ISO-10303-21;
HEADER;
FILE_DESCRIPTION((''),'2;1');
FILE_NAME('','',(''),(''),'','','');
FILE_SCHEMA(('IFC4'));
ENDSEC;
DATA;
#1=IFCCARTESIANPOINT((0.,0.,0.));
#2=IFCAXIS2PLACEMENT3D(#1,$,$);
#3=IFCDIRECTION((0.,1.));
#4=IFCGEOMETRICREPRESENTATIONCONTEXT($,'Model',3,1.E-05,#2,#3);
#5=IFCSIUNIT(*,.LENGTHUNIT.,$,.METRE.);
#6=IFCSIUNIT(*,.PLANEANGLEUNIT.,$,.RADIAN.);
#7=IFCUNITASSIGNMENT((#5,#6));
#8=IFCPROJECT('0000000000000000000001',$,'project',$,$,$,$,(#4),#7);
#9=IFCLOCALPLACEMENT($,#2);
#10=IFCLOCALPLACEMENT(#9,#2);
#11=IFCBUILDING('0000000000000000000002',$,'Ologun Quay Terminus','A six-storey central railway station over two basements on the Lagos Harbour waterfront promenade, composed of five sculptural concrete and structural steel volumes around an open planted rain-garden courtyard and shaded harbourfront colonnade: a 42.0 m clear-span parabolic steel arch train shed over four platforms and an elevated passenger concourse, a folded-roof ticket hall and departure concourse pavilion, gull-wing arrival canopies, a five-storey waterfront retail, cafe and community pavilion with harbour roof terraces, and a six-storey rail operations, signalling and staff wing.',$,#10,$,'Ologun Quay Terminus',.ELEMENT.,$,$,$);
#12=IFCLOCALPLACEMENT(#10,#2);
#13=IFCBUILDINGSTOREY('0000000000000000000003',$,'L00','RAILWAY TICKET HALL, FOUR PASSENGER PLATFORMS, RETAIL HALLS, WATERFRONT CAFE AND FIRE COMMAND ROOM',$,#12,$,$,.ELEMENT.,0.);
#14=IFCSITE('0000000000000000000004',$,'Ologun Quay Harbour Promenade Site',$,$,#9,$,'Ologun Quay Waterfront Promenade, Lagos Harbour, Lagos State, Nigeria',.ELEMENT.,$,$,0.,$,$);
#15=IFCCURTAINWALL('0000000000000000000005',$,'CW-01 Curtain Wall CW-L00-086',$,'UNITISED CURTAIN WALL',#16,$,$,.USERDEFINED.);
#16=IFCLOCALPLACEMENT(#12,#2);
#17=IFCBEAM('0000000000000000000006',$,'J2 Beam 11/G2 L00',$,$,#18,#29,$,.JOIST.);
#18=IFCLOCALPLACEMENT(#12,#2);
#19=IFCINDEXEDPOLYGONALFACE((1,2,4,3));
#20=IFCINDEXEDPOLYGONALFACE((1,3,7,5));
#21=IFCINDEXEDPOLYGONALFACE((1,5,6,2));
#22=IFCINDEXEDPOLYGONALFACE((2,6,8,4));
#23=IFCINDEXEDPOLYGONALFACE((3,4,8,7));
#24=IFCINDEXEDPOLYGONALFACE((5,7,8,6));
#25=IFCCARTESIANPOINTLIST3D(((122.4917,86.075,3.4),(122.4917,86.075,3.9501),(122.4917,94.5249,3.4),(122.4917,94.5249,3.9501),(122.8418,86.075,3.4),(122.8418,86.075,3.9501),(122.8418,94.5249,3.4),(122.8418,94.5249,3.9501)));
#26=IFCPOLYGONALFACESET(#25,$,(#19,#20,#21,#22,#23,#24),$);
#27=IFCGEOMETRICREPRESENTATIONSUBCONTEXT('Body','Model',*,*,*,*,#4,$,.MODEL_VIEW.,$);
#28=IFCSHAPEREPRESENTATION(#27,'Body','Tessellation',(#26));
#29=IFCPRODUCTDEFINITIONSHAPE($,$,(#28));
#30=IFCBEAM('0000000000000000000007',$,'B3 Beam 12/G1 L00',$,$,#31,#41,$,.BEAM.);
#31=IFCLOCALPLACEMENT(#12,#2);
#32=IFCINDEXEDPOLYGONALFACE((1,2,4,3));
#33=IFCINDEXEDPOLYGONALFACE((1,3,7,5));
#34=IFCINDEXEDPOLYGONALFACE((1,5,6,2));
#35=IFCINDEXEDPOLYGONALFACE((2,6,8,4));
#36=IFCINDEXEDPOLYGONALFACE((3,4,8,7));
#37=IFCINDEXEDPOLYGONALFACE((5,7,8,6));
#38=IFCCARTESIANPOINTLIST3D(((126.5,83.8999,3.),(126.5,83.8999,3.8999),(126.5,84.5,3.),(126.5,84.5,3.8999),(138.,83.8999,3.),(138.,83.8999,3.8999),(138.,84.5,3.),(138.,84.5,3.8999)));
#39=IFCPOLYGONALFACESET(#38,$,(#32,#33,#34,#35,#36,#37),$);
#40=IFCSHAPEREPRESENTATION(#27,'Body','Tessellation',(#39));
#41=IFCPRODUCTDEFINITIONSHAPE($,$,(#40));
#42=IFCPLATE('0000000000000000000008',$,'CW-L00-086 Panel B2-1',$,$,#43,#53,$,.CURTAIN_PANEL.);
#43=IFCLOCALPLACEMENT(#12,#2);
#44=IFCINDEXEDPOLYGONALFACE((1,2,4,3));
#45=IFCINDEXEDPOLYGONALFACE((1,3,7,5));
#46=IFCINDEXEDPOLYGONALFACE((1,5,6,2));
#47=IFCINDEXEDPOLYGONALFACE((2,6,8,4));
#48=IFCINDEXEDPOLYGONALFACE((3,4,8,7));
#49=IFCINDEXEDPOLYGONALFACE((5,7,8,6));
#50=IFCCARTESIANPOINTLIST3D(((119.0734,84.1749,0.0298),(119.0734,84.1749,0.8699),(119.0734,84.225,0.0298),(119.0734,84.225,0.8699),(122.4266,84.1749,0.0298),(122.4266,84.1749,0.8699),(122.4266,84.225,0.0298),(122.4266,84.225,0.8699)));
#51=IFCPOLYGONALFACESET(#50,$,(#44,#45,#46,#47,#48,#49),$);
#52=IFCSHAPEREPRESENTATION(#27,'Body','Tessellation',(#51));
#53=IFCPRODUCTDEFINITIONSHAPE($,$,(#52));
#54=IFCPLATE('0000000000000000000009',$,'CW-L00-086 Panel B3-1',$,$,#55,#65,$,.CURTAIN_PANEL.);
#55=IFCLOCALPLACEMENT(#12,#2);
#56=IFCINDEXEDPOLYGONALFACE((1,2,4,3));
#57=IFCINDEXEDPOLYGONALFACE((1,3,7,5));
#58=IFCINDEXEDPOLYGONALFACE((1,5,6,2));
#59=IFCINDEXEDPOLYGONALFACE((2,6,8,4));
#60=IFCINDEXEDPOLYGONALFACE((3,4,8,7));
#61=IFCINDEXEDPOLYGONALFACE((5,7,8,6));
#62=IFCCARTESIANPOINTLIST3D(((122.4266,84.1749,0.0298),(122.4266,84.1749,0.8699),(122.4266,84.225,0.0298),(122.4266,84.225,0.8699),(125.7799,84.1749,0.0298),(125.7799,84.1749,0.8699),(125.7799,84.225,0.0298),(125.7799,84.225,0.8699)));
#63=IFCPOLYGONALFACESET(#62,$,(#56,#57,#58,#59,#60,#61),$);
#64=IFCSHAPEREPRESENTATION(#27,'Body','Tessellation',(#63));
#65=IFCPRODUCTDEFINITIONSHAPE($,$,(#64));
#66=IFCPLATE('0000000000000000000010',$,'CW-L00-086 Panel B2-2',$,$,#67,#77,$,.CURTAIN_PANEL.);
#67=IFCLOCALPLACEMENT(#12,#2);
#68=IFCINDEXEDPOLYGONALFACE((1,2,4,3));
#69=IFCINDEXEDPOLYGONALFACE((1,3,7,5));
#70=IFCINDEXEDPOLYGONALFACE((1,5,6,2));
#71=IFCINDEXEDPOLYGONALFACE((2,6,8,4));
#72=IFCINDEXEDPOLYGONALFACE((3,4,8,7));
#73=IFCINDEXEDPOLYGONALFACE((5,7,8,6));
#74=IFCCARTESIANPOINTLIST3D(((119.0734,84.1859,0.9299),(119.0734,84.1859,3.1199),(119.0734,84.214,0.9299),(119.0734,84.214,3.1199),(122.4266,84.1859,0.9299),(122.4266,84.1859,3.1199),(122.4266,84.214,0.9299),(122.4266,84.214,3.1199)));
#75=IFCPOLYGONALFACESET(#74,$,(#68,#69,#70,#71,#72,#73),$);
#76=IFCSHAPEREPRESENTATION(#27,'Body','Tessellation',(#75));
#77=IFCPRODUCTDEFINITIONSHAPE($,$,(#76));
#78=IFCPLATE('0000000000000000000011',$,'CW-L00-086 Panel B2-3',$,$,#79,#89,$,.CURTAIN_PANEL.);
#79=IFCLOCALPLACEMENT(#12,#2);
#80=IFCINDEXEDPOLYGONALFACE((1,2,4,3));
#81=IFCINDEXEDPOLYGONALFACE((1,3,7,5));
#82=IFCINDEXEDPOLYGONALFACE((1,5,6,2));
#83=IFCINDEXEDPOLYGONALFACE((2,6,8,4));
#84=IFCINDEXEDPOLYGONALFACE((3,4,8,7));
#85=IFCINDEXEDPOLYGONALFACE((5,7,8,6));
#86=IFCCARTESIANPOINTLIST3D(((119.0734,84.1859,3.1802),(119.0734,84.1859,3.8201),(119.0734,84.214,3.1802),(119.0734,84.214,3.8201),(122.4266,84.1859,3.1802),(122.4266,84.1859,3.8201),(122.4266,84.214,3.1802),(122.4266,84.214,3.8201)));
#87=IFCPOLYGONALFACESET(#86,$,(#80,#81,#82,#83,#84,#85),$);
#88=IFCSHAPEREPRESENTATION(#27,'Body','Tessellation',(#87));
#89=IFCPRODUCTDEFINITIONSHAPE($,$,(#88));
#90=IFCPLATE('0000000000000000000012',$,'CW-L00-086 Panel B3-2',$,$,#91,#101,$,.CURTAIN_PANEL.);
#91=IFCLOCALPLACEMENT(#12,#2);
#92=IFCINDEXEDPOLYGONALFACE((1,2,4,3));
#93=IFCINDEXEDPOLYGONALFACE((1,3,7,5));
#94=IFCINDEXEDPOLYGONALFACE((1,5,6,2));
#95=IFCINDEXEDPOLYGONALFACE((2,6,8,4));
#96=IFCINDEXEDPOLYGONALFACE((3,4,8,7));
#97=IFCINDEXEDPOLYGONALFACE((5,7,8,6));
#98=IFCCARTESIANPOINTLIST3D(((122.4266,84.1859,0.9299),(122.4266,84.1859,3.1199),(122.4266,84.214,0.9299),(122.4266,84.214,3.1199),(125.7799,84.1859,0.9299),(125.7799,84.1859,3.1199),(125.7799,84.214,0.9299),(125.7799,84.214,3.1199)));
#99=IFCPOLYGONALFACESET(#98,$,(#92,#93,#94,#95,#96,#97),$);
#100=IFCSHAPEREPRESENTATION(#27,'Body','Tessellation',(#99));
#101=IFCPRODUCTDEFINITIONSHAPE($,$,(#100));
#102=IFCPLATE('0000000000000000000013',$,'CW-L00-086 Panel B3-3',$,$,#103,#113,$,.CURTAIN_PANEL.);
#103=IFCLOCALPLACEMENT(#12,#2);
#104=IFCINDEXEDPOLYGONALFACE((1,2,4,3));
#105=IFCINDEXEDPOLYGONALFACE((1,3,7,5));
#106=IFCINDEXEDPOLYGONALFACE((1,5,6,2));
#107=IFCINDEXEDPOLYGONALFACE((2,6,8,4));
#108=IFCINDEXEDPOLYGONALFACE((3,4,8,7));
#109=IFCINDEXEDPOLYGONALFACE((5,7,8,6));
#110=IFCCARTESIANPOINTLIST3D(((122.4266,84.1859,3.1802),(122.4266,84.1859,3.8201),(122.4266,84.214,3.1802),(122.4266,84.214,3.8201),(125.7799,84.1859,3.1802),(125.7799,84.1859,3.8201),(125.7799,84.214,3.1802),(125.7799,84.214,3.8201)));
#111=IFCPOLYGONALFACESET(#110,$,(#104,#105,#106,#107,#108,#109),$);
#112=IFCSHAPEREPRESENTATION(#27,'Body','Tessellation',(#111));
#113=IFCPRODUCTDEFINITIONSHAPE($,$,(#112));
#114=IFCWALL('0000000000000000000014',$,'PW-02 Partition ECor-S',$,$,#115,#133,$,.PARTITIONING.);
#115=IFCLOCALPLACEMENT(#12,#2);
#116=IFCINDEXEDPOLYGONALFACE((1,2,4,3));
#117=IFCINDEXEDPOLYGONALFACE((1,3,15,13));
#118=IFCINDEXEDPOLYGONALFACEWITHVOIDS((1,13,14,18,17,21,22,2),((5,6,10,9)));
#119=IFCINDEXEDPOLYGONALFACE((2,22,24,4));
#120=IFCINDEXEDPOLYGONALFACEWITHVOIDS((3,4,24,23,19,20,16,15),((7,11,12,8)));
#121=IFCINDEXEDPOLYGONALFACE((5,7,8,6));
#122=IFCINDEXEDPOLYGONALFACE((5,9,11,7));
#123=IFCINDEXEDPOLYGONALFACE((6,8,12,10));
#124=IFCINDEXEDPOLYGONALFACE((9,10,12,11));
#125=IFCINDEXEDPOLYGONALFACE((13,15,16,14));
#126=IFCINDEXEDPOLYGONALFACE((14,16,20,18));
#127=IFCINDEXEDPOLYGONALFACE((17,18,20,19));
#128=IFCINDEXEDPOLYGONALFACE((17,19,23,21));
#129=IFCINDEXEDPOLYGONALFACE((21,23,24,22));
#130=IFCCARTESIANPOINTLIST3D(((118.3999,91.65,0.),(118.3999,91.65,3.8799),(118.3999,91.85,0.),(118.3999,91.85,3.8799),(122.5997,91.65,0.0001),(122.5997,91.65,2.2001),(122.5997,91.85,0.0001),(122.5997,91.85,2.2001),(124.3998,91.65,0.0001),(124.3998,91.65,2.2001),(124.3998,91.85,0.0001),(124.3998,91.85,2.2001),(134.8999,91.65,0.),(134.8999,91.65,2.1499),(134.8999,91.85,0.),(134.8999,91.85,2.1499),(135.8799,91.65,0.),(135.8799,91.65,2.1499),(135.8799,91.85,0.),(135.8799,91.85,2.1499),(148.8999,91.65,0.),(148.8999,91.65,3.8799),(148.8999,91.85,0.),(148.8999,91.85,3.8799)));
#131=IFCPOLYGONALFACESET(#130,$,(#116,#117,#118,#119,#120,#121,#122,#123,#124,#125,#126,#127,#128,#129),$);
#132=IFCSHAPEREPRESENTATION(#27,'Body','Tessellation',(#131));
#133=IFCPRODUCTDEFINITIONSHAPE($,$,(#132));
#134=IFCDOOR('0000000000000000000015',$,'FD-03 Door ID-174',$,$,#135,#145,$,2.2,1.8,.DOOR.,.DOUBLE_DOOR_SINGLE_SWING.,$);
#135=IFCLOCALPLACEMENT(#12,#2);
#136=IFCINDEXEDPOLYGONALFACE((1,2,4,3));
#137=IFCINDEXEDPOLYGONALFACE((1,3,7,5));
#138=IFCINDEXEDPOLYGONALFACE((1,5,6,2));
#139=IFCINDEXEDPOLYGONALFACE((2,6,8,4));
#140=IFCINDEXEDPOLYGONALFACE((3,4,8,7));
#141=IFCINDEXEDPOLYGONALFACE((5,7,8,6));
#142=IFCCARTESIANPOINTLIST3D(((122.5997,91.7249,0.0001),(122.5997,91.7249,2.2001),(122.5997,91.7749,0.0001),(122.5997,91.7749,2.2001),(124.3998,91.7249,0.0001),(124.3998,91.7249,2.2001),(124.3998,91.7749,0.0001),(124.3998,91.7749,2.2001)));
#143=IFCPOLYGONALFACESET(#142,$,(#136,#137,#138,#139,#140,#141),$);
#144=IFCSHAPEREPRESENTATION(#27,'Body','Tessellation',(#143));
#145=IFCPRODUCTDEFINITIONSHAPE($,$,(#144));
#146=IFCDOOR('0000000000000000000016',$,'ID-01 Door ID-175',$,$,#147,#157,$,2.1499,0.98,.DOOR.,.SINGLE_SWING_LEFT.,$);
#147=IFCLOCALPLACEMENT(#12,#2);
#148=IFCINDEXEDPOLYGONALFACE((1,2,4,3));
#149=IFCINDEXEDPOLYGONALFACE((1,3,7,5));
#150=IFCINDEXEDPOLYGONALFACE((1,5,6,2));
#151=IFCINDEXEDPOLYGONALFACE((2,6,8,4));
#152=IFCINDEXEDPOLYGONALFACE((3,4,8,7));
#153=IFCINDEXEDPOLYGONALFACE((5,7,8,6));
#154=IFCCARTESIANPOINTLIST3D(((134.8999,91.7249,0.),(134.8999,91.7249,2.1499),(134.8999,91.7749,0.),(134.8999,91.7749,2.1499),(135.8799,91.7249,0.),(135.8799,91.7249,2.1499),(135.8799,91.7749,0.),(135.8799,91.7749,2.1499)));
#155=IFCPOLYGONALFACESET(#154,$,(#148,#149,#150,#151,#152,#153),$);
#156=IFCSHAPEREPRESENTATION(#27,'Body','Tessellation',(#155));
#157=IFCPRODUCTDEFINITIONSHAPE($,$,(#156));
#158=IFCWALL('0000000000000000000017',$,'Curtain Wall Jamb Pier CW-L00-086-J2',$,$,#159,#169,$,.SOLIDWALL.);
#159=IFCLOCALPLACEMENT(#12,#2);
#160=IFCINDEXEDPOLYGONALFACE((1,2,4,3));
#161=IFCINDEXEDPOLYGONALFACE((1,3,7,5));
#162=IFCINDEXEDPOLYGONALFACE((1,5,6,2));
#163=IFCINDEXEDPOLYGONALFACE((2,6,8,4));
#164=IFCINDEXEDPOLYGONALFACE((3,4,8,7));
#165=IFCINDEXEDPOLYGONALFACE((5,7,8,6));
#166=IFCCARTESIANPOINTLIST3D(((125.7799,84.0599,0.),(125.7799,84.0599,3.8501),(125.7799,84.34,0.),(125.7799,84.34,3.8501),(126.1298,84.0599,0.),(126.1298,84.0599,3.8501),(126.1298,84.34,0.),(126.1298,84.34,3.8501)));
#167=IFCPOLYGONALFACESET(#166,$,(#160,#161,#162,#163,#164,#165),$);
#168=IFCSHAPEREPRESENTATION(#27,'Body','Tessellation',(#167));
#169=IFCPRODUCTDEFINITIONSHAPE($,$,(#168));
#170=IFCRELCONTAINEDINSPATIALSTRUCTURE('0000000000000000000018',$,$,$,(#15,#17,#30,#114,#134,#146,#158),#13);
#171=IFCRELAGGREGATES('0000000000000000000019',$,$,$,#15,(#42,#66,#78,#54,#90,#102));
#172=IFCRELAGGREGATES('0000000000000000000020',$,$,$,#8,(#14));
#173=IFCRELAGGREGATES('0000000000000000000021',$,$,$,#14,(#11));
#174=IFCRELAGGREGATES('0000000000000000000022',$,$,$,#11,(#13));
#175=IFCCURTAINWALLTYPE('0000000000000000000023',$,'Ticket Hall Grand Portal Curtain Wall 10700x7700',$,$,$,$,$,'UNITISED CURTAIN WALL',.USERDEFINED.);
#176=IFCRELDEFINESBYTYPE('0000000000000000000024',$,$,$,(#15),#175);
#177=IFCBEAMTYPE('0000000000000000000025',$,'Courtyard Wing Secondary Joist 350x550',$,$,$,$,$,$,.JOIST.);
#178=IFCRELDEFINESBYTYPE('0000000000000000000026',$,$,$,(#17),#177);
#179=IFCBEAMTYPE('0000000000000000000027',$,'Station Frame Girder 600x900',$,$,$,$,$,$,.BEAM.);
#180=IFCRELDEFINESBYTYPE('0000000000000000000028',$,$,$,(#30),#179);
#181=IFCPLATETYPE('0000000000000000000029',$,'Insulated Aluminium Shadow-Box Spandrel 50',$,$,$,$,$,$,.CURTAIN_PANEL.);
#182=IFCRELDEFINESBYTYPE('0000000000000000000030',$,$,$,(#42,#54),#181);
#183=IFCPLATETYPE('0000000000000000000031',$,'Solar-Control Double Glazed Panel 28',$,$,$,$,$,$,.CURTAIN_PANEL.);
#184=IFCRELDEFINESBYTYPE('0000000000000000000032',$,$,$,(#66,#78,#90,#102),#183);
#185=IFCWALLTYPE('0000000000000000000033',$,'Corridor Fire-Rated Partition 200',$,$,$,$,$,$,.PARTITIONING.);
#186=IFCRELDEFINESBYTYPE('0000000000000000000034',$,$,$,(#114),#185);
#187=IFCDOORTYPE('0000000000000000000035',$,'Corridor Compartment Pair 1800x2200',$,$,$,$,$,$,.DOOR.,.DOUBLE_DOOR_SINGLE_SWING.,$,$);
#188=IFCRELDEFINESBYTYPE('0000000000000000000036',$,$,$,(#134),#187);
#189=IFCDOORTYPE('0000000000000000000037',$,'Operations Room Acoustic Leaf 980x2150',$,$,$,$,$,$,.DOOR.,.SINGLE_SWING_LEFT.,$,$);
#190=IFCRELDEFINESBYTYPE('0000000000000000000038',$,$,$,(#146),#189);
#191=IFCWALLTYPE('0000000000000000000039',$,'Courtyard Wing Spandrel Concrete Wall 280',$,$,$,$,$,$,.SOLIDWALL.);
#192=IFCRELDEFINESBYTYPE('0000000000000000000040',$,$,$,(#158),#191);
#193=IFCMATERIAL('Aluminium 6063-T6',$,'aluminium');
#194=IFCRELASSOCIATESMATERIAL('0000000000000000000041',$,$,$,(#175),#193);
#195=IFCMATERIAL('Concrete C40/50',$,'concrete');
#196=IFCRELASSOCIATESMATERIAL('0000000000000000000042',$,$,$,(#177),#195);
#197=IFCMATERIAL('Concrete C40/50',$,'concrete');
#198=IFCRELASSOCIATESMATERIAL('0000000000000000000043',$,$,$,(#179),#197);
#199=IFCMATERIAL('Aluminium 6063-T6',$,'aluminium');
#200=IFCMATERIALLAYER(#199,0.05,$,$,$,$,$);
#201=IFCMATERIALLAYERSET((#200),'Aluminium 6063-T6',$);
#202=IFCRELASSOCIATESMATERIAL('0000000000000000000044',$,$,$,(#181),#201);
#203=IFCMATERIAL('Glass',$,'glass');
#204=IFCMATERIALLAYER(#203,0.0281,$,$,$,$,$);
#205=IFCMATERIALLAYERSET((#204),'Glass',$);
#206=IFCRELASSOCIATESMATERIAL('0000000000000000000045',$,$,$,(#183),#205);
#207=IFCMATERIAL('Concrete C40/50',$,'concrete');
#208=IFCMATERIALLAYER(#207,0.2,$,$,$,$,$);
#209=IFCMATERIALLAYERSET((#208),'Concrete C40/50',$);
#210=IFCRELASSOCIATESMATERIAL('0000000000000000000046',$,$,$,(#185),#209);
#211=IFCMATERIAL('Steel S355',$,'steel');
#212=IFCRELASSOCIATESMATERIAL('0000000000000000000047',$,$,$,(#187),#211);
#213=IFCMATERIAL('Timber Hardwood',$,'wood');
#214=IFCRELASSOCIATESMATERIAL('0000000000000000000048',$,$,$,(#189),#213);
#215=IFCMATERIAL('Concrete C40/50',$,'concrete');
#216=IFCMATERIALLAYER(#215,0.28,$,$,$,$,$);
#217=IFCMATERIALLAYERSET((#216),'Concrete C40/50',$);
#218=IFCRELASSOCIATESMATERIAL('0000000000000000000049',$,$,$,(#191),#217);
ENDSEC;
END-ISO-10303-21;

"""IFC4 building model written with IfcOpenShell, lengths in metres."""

from ifc_helpers import new_model, si_unit, direction, frame, frame_2d, origin, origin_2d, place, context, subcontext, project, spatial, rectangle, extrude, material, layer, layer_set, material_profile, profile_set, type_object, element, fill, aggregate, save


model = new_model("IFC4")

# Units and contexts
model_context = context("Model", 3, precision=1e-05, world=origin(), true_north=direction((0.0, 1.0)))
body_context = subcontext(model_context, "Body", "Model", "MODEL_VIEW")
ifc_project = project(units=[si_unit("LENGTHUNIT", "METRE"), si_unit("PLANEANGLEUNIT", "RADIAN")], contexts=[model_context])

# Site, building, storey
site_placement = place(None, origin())
site = spatial("IfcSite", under=ifc_project, at=site_placement, Name="Ologun Quay Harbour Promenade Site", LongName="Ologun Quay Waterfront Promenade, Lagos Harbour, Lagos State, Nigeria", CompositionType="ELEMENT", RefElevation=0.0)
building_placement = place(site_placement, origin())
building = spatial("IfcBuilding", under=site, at=building_placement, Name="Ologun Quay Terminus", Description="A six-storey central railway station over two basements on the Lagos Harbour waterfront promenade, composed of five sculptural concrete and structural steel volumes around an open planted rain-garden courtyard and shaded harbourfront colonnade: a 42.0 m clear-span parabolic steel arch train shed over four platforms and an elevated passenger concourse, a folded-roof ticket hall and departure concourse pavilion, gull-wing arrival canopies, a five-storey waterfront retail, cafe and community pavilion with harbour roof terraces, and a six-storey rail operations, signalling and staff wing.", LongName="Ologun Quay Terminus", CompositionType="ELEMENT")
storey_placement = place(building_placement, origin())
storey = spatial("IfcBuildingStorey", under=building, at=storey_placement, Name="L00", Description="RAILWAY TICKET HALL, FOUR PASSENGER PLATFORMS, RETAIL HALLS, WATERFRONT CAFE AND FIRE COMMAND ROOM", CompositionType="ELEMENT", Elevation=0.0)

# Curtain wall
ifc_material_1 = material(Name="Aluminium 6063-T6", Category="aluminium")
curtain_wall_type = type_object("IfcCurtainWallType", Name="Ticket Hall Grand Portal Curtain Wall 10700x7700", ElementType="UNITISED CURTAIN WALL", PredefinedType="USERDEFINED", material=ifc_material_1)
curtain_wall_placement = place(storey_placement, origin())
curtain_wall = element("IfcCurtainWall", 1, at=curtain_wall_placement, inside=storey, type_object=curtain_wall_type, Name="CW-01 Curtain Wall CW-L00-086", ObjectType="UNITISED CURTAIN WALL", PredefinedType="USERDEFINED")

# Beams
ifc_material_2 = material(Name="Concrete C40/50", Category="concrete")
ifc_material_profile_1 = material_profile(ifc_material_2, rectangle(XDim=0.3501, YDim=0.55, at=origin_2d()), Name="RC 350x550")
ifc_profile_set_1 = profile_set([ifc_material_profile_1], Name="Concrete C40/50")
beam_type_1 = type_object("IfcBeamType", Name="Courtyard Wing Secondary Joist 350x550", PredefinedType="JOIST", material=ifc_profile_set_1)
for number, where, z_axis, x_axis, name in (
    (2, (122.6667, 86.075, 3.675), (0.0, 1.0, 0.0), (-1.0, 0.0, 0.0), "J2 Beam 11/G2 L00"),
):
    element("IfcBeam", number, at=place(storey_placement, frame(where, z_axis=z_axis, x_axis=x_axis)), inside=storey, type_object=beam_type_1, Name=name, PredefinedType="JOIST", context=body_context, shape_type="SweptSolid", body=[
        extrude(rectangle(XDim=0.3501, YDim=0.55, at=origin_2d()), origin(), (0.0, 0.0, 1.0), 8.45),
    ])
ifc_material_3 = material(Name="Concrete C40/50", Category="concrete")
ifc_material_profile_2 = material_profile(ifc_material_3, rectangle(XDim=0.6001, YDim=0.8999, at=origin_2d()), Name="RC 600x900")
ifc_profile_set_2 = profile_set([ifc_material_profile_2], Name="Concrete C40/50")
beam_type_2 = type_object("IfcBeamType", Name="Station Frame Girder 600x900", PredefinedType="BEAM", material=ifc_profile_set_2)
beam_1_placement = place(storey_placement, frame((126.5, 84.2, 3.45), z_axis=(1.0, 0.0, 0.0), x_axis=(0.0, 1.0, 0.0)))
element("IfcBeam", 3, at=beam_1_placement, inside=storey, type_object=beam_type_2, Name="B3 Beam 12/G1 L00", PredefinedType="BEAM", context=body_context, shape_type="SweptSolid", body=[
    extrude(rectangle(XDim=0.6001, YDim=0.8999, at=origin_2d()), origin(), (0.0, 0.0, 1.0), 11.5),
])

# Plates
ifc_material_4 = material(Name="Aluminium 6063-T6", Category="aluminium")
ifc_layer_1 = layer(ifc_material_4, 0.05)
ifc_layer_set_1 = layer_set([ifc_layer_1], Name="Aluminium 6063-T6")
plate_type_1 = type_object("IfcPlateType", Name="Insulated Aluminium Shadow-Box Spandrel 50", PredefinedType="CURTAIN_PANEL", material=ifc_layer_set_1)
plate_1_placement = place(storey_placement, frame((120.75, 84.2, 0.0298), z_axis=(0.0, 0.0, 1.0), x_axis=(1.0, 0.0, 0.0)))
plate_1 = element("IfcPlate", 4, at=plate_1_placement, type_object=plate_type_1, Name="CW-L00-086 Panel B2-1", PredefinedType="CURTAIN_PANEL", context=body_context, shape_type="SweptSolid", body=[
    extrude(rectangle(XDim=3.3533, YDim=0.05, at=origin_2d()), origin(), (0.0, 0.0, 1.0), 0.8401),
])
plate_2_placement = place(storey_placement, frame((124.1033, 84.2, 0.0298), z_axis=(0.0, 0.0, 1.0), x_axis=(1.0, 0.0, 0.0)))
plate_2 = element("IfcPlate", 5, at=plate_2_placement, type_object=plate_type_1, Name="CW-L00-086 Panel B3-1", PredefinedType="CURTAIN_PANEL", context=body_context, shape_type="SweptSolid", body=[
    extrude(rectangle(XDim=3.3533, YDim=0.05, at=origin_2d()), origin(), (0.0, 0.0, 1.0), 0.8401),
])
ifc_material_5 = material(Name="Glass", Category="glass")
ifc_layer_2 = layer(ifc_material_5, 0.0281)
ifc_layer_set_2 = layer_set([ifc_layer_2], Name="Glass")
plate_type_2 = type_object("IfcPlateType", Name="Solar-Control Double Glazed Panel 28", PredefinedType="CURTAIN_PANEL", material=ifc_layer_set_2)
plate_3_placement = place(storey_placement, frame((120.75, 84.2, 0.9299), z_axis=(0.0, 0.0, 1.0), x_axis=(1.0, 0.0, 0.0)))
plate_3 = element("IfcPlate", 6, at=plate_3_placement, type_object=plate_type_2, Name="CW-L00-086 Panel B2-2", PredefinedType="CURTAIN_PANEL", context=body_context, shape_type="SweptSolid", body=[
    extrude(rectangle(XDim=3.3533, YDim=0.0281, at=origin_2d()), origin(), (0.0, 0.0, 1.0), 2.1899),
])
plate_4_placement = place(storey_placement, frame((120.75, 84.2, 3.1802), z_axis=(0.0, 0.0, 1.0), x_axis=(1.0, 0.0, 0.0)))
plate_4 = element("IfcPlate", 7, at=plate_4_placement, type_object=plate_type_2, Name="CW-L00-086 Panel B2-3", PredefinedType="CURTAIN_PANEL", context=body_context, shape_type="SweptSolid", body=[
    extrude(rectangle(XDim=3.3533, YDim=0.0281, at=origin_2d()), origin(), (0.0, 0.0, 1.0), 0.6399),
])
plate_5_placement = place(storey_placement, frame((124.1033, 84.2, 0.9299), z_axis=(0.0, 0.0, 1.0), x_axis=(1.0, 0.0, 0.0)))
plate_5 = element("IfcPlate", 8, at=plate_5_placement, type_object=plate_type_2, Name="CW-L00-086 Panel B3-2", PredefinedType="CURTAIN_PANEL", context=body_context, shape_type="SweptSolid", body=[
    extrude(rectangle(XDim=3.3533, YDim=0.0281, at=origin_2d()), origin(), (0.0, 0.0, 1.0), 2.1899),
])
plate_6_placement = place(storey_placement, frame((124.1033, 84.2, 3.1802), z_axis=(0.0, 0.0, 1.0), x_axis=(1.0, 0.0, 0.0)))
plate_6 = element("IfcPlate", 9, at=plate_6_placement, type_object=plate_type_2, Name="CW-L00-086 Panel B3-3", PredefinedType="CURTAIN_PANEL", context=body_context, shape_type="SweptSolid", body=[
    extrude(rectangle(XDim=3.3533, YDim=0.0281, at=origin_2d()), origin(), (0.0, 0.0, 1.0), 0.6399),
])
aggregate(curtain_wall, [plate_1, plate_3, plate_4, plate_2, plate_5, plate_6])

# Wall, openings, doors
ifc_material_6 = material(Name="Concrete C40/50", Category="concrete")
ifc_layer_3 = layer(ifc_material_6, 0.2)
ifc_layer_set_3 = layer_set([ifc_layer_3], Name="Concrete C40/50")
wall_type_1 = type_object("IfcWallType", Name="Corridor Fire-Rated Partition 200", PredefinedType="PARTITIONING", material=ifc_layer_set_3)
wall_1_placement = place(storey_placement, frame((118.3999, 91.75, 0.0), z_axis=(0.0, 0.0, 1.0), x_axis=(1.0, 0.0, 0.0)))
wall_1 = element("IfcWall", 10, at=wall_1_placement, inside=storey, type_object=wall_type_1, Name="PW-02 Partition ECor-S", PredefinedType="PARTITIONING", context=body_context, shape_type="SweptSolid", body=[
    extrude(rectangle(XDim=30.5, YDim=0.2, at=frame_2d((15.25, 0.0))), origin(), (0.0, 0.0, 1.0), 3.8799),
])
opening_1_placement = place(wall_1_placement, frame((4.2, 0.0, 0.0)))
opening_1 = element("IfcOpeningElement", 11, at=opening_1_placement, cuts=wall_1, PredefinedType="OPENING", context=body_context, shape_type="SweptSolid", body=[
    extrude(rectangle(XDim=1.8, YDim=2.2, at=frame_2d((0.8999, 1.1001))), frame((0.0, 0.1099, 0.0), z_axis=(0.0, -1.0, 0.0), x_axis=(1.0, 0.0, 0.0)), (0.0, 0.0, 1.0), 0.22),
])
opening_2_placement = place(wall_1_placement, frame((16.5, 0.0, 0.0)))
opening_2 = element("IfcOpeningElement", 12, at=opening_2_placement, cuts=wall_1, PredefinedType="OPENING", context=body_context, shape_type="SweptSolid", body=[
    extrude(rectangle(XDim=0.98, YDim=2.1499, at=frame_2d((0.49, 1.075))), frame((0.0, 0.1099, 0.0), z_axis=(0.0, -1.0, 0.0), x_axis=(1.0, 0.0, 0.0)), (0.0, 0.0, 1.0), 0.22),
])
ifc_material_7 = material(Name="Steel S355", Category="steel")
door_type_1 = type_object("IfcDoorType", Name="Corridor Compartment Pair 1800x2200", OperationType="DOUBLE_DOOR_SINGLE_SWING", PredefinedType="DOOR", material=ifc_material_7)
door_1_placement = place(opening_1_placement, origin())
door_1 = element("IfcDoor", 13, at=door_1_placement, inside=storey, type_object=door_type_1, Name="FD-03 Door ID-174", OperationType="DOUBLE_DOOR_SINGLE_SWING", OverallHeight=2.2, OverallWidth=1.8, PredefinedType="DOOR", context=body_context, shape_type="SweptSolid", body=[
    extrude(rectangle(XDim=1.8, YDim=2.2, at=frame_2d((0.8999, 1.1001))), frame((0.0, 0.0249, 0.0), z_axis=(0.0, -1.0, 0.0), x_axis=(1.0, 0.0, 0.0)), (0.0, 0.0, 1.0), 0.05),
])
fill(opening_1, door_1)
ifc_material_8 = material(Name="Timber Hardwood", Category="wood")
door_type_2 = type_object("IfcDoorType", Name="Operations Room Acoustic Leaf 980x2150", OperationType="SINGLE_SWING_LEFT", PredefinedType="DOOR", material=ifc_material_8)
door_2_placement = place(opening_2_placement, origin())
door_2 = element("IfcDoor", 14, at=door_2_placement, inside=storey, type_object=door_type_2, Name="ID-01 Door ID-175", OperationType="SINGLE_SWING_LEFT", OverallHeight=2.1499, OverallWidth=0.98, PredefinedType="DOOR", context=body_context, shape_type="SweptSolid", body=[
    extrude(rectangle(XDim=0.98, YDim=2.1499, at=frame_2d((0.49, 1.075))), frame((0.0, 0.0249, 0.0), z_axis=(0.0, -1.0, 0.0), x_axis=(1.0, 0.0, 0.0)), (0.0, 0.0, 1.0), 0.05),
])
fill(opening_2, door_2)

# Wall
ifc_material_9 = material(Name="Concrete C40/50", Category="concrete")
ifc_layer_4 = layer(ifc_material_9, 0.28)
ifc_layer_set_4 = layer_set([ifc_layer_4], Name="Concrete C40/50")
wall_type_2 = type_object("IfcWallType", Name="Courtyard Wing Spandrel Concrete Wall 280", PredefinedType="SOLIDWALL", material=ifc_layer_set_4)
wall_2_placement = place(storey_placement, frame((125.78, 84.2, 0.0), z_axis=(0.0, 0.0, 1.0), x_axis=(1.0, 0.0, 0.0)))
element("IfcWall", 15, at=wall_2_placement, inside=storey, type_object=wall_type_2, Name="Curtain Wall Jamb Pier CW-L00-086-J2", PredefinedType="SOLIDWALL", context=body_context, shape_type="SweptSolid", body=[
    extrude(rectangle(XDim=0.3499, YDim=0.28, at=frame_2d((0.1748, 0.0))), origin(), (0.0, 0.0, 1.0), 3.8501),
])

save(model, "model.ifc")
